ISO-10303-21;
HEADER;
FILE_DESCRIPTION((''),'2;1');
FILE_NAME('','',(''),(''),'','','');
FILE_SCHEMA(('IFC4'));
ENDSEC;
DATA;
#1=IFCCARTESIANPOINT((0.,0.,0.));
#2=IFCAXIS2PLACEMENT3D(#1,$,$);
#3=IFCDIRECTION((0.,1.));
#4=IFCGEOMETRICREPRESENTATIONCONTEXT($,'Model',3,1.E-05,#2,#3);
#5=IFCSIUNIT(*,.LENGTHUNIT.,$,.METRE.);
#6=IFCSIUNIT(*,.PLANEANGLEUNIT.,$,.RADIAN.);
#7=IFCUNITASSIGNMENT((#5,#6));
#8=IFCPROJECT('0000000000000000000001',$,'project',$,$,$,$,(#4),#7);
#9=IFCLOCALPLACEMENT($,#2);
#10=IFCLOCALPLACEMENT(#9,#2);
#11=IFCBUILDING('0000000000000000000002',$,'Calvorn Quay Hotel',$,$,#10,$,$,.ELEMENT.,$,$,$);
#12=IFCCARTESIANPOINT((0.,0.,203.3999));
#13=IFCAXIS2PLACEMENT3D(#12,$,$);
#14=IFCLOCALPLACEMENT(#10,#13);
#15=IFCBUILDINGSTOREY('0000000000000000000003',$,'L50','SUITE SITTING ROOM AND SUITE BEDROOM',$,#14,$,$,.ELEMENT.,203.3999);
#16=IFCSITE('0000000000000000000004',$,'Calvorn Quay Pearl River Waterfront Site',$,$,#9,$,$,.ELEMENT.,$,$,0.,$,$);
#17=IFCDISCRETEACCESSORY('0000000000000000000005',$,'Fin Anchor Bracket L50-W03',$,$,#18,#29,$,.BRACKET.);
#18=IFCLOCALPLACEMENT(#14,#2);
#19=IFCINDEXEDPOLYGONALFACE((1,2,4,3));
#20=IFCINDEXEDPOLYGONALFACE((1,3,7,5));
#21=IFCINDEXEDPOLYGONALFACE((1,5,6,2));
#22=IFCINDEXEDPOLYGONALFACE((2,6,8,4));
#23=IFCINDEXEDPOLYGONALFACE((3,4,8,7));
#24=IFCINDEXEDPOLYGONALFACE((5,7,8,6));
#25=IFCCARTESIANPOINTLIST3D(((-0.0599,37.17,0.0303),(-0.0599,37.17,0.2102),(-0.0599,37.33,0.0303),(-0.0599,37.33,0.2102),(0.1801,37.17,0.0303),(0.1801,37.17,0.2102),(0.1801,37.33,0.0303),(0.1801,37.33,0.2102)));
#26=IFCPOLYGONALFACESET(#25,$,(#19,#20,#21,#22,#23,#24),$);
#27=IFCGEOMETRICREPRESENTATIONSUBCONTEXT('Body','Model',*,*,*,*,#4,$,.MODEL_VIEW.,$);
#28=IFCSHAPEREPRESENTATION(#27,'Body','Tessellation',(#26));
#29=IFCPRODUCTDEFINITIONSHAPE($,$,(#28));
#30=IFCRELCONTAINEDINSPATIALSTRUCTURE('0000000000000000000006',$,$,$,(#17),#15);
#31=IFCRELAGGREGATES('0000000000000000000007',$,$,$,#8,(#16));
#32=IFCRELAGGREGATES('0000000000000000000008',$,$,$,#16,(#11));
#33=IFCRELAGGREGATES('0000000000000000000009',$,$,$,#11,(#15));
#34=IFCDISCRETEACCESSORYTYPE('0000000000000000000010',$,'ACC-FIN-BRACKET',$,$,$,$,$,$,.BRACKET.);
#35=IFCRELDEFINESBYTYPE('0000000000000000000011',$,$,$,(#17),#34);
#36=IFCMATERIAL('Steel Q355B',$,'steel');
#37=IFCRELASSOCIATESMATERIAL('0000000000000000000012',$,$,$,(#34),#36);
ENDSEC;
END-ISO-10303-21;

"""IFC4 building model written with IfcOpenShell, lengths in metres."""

from ifc_helpers import new_model, si_unit, direction, frame, origin, origin_2d, place, context, subcontext, project, spatial, rectangle, extrude, material, type_object, element, save


model = new_model("IFC4")

# Units and contexts
model_context = context("Model", 3, precision=1e-05, world=origin(), true_north=direction((0.0, 1.0)))
body_context = subcontext(model_context, "Body", "Model", "MODEL_VIEW")
ifc_project = project(units=[si_unit("LENGTHUNIT", "METRE"), si_unit("PLANEANGLEUNIT", "RADIAN")], contexts=[model_context])

# Site, building, storey
site_placement = place(None, origin())
site = spatial("IfcSite", under=ifc_project, at=site_placement, Name="Calvorn Quay Pearl River Waterfront Site", CompositionType="ELEMENT", RefElevation=0.0)
building_placement = place(site_placement, origin())
building = spatial("IfcBuilding", under=site, at=building_placement, Name="Calvorn Quay Hotel", CompositionType="ELEMENT")
storey_placement = place(building_placement, frame((0.0, 0.0, 203.3999)))
storey = spatial("IfcBuildingStorey", under=building, at=storey_placement, Name="L50", Description="SUITE SITTING ROOM AND SUITE BEDROOM", CompositionType="ELEMENT", Elevation=203.3999)

# Discrete accessory
ifc_material_1 = material(Name="Steel Q355B", Category="steel")
discrete_accessory_type = type_object("IfcDiscreteAccessoryType", Name="ACC-FIN-BRACKET", PredefinedType="BRACKET", material=ifc_material_1)
discrete_accessory_placement = place(storey_placement, frame((0.0601, 37.25, 0.0303), z_axis=(0.0, 0.0, 1.0), x_axis=(1.0, 0.0, 0.0)))
element("IfcDiscreteAccessory", 1, at=discrete_accessory_placement, inside=storey, type_object=discrete_accessory_type, Name="Fin Anchor Bracket L50-W03", PredefinedType="BRACKET", context=body_context, shape_type="SweptSolid", body=[
    extrude(rectangle(XDim=0.24, YDim=0.1599, at=origin_2d()), origin(), (0.0, 0.0, 1.0), 0.1799),
])

save(model, "model.ifc")
